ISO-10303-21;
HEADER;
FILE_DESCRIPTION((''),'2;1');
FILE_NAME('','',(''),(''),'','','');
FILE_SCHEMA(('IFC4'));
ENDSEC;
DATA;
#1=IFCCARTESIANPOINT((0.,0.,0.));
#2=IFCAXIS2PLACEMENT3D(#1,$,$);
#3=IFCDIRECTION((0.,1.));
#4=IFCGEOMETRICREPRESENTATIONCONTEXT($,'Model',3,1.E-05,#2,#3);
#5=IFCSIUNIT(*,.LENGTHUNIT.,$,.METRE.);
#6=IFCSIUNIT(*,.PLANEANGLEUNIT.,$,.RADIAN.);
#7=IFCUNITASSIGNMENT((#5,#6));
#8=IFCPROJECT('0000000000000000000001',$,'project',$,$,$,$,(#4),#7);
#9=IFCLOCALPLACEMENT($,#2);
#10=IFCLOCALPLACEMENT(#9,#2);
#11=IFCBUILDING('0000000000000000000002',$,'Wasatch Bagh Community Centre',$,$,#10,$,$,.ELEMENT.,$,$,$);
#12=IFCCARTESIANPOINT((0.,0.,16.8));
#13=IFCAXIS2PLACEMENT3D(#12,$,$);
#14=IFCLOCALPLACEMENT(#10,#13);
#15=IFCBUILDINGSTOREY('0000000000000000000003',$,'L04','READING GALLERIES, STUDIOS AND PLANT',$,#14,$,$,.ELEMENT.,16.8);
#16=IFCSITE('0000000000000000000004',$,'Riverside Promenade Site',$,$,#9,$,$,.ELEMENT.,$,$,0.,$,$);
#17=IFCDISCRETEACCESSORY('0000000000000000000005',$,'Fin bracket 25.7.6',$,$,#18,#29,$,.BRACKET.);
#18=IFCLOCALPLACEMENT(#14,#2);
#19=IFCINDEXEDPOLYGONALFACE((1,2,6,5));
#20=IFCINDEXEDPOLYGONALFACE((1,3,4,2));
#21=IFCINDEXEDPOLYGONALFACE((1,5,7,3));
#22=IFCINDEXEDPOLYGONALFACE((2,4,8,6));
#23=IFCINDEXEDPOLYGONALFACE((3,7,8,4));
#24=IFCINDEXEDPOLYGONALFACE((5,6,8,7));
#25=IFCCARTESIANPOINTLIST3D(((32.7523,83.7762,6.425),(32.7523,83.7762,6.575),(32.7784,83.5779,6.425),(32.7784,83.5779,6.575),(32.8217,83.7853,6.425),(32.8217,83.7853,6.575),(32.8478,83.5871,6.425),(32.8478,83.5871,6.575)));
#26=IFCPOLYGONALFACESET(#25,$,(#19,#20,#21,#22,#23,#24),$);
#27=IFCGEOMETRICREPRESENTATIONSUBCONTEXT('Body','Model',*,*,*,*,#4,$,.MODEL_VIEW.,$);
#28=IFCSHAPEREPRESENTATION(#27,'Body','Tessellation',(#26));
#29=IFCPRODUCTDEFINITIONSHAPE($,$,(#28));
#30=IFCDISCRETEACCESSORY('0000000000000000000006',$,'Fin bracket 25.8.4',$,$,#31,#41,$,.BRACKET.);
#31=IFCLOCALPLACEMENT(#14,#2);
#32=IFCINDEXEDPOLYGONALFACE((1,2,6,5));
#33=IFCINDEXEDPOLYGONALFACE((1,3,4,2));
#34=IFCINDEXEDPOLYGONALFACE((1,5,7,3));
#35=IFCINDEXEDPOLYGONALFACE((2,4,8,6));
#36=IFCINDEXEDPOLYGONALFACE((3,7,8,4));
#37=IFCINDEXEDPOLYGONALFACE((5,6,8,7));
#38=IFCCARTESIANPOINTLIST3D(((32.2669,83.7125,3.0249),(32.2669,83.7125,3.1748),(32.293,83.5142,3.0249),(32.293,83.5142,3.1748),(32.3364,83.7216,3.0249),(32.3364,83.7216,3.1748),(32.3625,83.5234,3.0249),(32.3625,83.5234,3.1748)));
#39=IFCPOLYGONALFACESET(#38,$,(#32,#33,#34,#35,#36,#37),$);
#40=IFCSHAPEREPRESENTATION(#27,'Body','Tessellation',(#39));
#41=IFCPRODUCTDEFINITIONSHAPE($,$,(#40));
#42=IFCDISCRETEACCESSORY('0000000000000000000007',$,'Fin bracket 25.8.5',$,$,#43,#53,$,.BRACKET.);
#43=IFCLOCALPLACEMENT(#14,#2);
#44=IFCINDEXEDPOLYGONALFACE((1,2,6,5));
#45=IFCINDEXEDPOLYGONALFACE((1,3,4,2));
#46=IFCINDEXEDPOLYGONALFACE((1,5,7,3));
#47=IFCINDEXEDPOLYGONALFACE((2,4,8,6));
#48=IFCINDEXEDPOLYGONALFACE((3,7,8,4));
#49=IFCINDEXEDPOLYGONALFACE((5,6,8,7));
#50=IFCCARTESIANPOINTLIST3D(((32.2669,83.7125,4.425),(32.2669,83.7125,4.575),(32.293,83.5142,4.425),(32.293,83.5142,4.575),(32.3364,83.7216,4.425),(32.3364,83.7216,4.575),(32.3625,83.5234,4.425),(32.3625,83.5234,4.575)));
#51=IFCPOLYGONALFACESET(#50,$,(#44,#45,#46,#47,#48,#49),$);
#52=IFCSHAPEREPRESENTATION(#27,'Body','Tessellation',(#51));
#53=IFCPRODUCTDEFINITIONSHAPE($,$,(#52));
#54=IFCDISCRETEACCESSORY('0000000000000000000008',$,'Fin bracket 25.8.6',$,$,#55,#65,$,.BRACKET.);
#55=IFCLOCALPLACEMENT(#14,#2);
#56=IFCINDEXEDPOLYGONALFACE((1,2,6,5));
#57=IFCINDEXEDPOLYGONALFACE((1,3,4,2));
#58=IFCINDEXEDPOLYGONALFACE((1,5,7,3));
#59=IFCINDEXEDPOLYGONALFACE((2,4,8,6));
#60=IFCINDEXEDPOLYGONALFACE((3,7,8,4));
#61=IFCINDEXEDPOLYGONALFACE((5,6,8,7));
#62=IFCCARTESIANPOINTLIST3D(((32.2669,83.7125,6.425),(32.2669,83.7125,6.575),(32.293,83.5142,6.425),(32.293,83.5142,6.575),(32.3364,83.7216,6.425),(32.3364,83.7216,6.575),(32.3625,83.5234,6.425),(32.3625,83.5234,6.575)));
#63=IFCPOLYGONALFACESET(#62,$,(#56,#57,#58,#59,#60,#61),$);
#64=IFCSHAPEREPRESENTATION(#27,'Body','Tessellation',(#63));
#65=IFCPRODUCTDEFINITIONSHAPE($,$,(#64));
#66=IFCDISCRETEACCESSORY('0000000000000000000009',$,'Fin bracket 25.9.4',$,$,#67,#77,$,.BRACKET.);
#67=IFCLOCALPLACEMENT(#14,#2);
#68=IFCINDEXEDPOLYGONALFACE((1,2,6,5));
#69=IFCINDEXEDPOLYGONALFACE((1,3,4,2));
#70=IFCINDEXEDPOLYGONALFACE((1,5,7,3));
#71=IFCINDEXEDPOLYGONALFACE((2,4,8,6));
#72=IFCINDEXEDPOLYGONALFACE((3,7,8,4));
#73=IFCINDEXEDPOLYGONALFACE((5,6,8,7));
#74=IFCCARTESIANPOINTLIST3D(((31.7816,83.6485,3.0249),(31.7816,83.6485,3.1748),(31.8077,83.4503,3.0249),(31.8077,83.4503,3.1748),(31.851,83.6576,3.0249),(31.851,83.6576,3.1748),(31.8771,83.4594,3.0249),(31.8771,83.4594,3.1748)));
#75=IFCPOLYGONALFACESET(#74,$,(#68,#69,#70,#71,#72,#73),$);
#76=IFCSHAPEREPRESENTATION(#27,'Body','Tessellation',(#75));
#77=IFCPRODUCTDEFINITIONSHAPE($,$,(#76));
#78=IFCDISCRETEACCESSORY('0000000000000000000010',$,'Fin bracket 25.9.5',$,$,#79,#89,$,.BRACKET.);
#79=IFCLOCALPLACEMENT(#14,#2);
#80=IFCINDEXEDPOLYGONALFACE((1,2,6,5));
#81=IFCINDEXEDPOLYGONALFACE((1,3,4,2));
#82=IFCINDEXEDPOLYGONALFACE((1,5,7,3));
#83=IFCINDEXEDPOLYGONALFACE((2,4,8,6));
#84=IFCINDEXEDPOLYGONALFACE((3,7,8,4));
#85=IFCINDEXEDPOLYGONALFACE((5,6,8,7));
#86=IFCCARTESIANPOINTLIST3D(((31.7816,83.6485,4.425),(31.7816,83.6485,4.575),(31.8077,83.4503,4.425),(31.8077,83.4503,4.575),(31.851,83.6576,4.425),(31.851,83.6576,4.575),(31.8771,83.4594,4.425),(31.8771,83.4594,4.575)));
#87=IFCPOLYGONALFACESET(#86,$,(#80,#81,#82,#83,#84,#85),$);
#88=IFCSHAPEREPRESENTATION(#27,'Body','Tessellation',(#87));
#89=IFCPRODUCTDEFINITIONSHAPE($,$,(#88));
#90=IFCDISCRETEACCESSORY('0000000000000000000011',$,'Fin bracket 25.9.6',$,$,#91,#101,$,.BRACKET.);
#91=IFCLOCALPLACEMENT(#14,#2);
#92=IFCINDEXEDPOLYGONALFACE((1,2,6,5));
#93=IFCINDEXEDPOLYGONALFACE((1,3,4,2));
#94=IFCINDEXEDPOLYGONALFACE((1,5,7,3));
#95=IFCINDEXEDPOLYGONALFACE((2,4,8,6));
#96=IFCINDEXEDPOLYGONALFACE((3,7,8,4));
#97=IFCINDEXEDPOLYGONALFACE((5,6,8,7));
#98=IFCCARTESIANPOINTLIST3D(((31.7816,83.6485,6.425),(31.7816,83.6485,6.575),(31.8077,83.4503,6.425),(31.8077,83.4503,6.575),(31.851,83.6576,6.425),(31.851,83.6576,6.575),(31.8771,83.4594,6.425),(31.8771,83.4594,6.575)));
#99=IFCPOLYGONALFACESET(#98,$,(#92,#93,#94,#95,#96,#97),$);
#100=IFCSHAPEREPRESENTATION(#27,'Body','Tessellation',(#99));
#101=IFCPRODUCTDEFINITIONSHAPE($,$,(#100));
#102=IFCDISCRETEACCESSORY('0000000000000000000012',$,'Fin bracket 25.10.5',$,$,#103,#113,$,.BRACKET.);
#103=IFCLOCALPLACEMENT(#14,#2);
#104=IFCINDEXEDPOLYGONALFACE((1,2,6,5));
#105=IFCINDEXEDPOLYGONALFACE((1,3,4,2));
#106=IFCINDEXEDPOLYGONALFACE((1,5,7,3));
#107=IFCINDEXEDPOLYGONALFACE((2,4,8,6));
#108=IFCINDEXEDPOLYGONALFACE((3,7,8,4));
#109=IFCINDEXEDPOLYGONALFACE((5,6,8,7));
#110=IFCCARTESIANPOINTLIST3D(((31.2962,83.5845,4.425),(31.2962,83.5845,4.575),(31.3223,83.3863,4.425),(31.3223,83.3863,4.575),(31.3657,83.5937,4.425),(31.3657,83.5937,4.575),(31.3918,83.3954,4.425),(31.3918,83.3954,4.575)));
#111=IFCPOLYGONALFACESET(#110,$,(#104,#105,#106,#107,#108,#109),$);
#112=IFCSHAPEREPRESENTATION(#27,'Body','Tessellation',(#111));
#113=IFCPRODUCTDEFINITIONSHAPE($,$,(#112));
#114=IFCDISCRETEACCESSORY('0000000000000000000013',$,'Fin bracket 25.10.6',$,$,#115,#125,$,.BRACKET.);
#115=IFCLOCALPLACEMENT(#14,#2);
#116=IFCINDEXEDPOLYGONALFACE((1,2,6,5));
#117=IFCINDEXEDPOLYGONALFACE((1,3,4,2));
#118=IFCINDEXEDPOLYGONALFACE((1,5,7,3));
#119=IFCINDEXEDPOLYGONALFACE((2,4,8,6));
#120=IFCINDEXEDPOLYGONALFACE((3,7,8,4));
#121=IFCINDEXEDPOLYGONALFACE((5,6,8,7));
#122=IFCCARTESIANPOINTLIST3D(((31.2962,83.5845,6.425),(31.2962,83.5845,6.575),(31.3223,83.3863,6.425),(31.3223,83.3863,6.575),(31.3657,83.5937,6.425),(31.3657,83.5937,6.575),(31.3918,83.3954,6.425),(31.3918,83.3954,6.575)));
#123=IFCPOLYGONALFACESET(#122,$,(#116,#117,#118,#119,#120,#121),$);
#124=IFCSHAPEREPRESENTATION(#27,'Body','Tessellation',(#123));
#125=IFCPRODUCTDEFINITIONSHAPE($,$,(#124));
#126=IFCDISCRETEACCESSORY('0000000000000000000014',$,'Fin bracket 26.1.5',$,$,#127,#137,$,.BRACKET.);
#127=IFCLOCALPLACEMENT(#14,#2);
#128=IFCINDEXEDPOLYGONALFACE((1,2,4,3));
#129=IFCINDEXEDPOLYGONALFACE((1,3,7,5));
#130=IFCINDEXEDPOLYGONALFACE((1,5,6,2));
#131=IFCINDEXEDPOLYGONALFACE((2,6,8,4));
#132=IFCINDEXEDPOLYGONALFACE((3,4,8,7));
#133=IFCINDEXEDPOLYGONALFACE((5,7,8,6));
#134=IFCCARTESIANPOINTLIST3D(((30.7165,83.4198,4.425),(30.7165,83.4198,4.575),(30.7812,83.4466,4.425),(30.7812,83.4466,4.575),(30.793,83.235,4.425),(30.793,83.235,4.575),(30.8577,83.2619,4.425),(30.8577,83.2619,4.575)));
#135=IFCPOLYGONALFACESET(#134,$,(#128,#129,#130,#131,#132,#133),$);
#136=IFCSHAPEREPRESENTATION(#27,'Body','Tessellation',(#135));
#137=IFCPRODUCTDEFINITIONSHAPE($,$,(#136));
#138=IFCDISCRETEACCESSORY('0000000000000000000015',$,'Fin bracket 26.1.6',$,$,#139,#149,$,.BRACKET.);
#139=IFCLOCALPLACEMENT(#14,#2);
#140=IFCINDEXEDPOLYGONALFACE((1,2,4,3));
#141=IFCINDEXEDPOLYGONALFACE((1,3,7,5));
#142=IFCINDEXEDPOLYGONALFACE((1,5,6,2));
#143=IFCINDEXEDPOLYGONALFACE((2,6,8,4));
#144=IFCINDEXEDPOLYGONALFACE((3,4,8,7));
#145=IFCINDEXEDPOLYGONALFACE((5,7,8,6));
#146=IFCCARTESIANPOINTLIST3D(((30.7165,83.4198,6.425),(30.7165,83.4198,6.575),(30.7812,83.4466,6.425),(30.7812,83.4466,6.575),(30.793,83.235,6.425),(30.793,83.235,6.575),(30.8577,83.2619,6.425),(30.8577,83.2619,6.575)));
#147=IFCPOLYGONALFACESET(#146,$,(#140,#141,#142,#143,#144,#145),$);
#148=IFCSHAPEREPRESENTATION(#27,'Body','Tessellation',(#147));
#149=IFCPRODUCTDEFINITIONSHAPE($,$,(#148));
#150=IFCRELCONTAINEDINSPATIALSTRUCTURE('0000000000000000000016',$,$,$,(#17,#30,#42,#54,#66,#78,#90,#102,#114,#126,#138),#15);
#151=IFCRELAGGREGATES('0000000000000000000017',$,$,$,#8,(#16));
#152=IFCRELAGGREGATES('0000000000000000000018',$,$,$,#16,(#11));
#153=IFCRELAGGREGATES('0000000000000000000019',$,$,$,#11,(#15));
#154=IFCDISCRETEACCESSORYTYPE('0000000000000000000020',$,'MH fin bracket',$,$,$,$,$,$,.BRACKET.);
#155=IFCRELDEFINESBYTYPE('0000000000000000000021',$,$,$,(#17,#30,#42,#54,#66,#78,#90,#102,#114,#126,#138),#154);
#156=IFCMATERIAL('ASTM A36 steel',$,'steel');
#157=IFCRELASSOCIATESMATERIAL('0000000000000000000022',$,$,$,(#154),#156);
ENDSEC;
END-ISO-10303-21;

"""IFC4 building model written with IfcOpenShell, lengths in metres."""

from ifc_helpers import new_model, si_unit, direction, frame, origin, origin_2d, place, context, subcontext, project, spatial, rectangle, extrude, material, type_object, element, save


model = new_model("IFC4")

# Units and contexts
model_context = context("Model", 3, precision=1e-05, world=origin(), true_north=direction((0.0, 1.0)))
body_context = subcontext(model_context, "Body", "Model", "MODEL_VIEW")
ifc_project = project(units=[si_unit("LENGTHUNIT", "METRE"), si_unit("PLANEANGLEUNIT", "RADIAN")], contexts=[model_context])

# Site, building, storey
site_placement = place(None, origin())
site = spatial("IfcSite", under=ifc_project, at=site_placement, Name="Riverside Promenade Site", CompositionType="ELEMENT", RefElevation=0.0)
building_placement = place(site_placement, origin())
building = spatial("IfcBuilding", under=site, at=building_placement, Name="Wasatch Bagh Community Centre", CompositionType="ELEMENT")
storey_placement = place(building_placement, frame((0.0, 0.0, 16.8)))
storey = spatial("IfcBuildingStorey", under=building, at=storey_placement, Name="L04", Description="READING GALLERIES, STUDIOS AND PLANT", CompositionType="ELEMENT", Elevation=16.8)

# Discrete accessories
ifc_material_1 = material(Name="ASTM A36 steel", Category="steel")
discrete_accessory_type = type_object("IfcDiscreteAccessoryType", Name="MH fin bracket", PredefinedType="BRACKET", material=ifc_material_1)
for number, where, z_axis, x_axis, name in (
    (1, (32.8, 83.6816, 6.425), (0.0, 0.0, 1.0), (-0.991445, -0.130526, 0.0), "Fin bracket 25.7.6"),
    (2, (32.3147, 83.6179, 3.0249), (0.0, 0.0, 1.0), (-0.991445, -0.130526, 0.0), "Fin bracket 25.8.4"),
    (3, (32.3147, 83.6179, 4.425), (0.0, 0.0, 1.0), (-0.991445, -0.130526, 0.0), "Fin bracket 25.8.5"),
    (4, (32.3147, 83.6179, 6.425), (0.0, 0.0, 1.0), (-0.991445, -0.130526, 0.0), "Fin bracket 25.8.6"),
    (5, (31.8293, 83.554, 3.0249), (0.0, 0.0, 1.0), (-0.991445, -0.130526, 0.0), "Fin bracket 25.9.4"),
    (6, (31.8293, 83.554, 4.425), (0.0, 0.0, 1.0), (-0.991445, -0.130526, 0.0), "Fin bracket 25.9.5"),
    (7, (31.8293, 83.554, 6.425), (0.0, 0.0, 1.0), (-0.991445, -0.130526, 0.0), "Fin bracket 25.9.6"),
    (8, (31.344, 83.49, 4.425), (0.0, 0.0, 1.0), (-0.991445, -0.130526, 0.0), "Fin bracket 25.10.5"),
    (9, (31.344, 83.49, 6.425), (0.0, 0.0, 1.0), (-0.991445, -0.130526, 0.0), "Fin bracket 25.10.6"),
    (10, (30.7871, 83.3408, 4.425), (0.0, 0.0, 1.0), (-0.92388, -0.382683, 0.0), "Fin bracket 26.1.5"),
    (11, (30.7871, 83.3408, 6.425), (0.0, 0.0, 1.0), (-0.92388, -0.382683, 0.0), "Fin bracket 26.1.6"),
):
    element("IfcDiscreteAccessory", number, at=place(storey_placement, frame(where, z_axis=z_axis, x_axis=x_axis)), inside=storey, type_object=discrete_accessory_type, Name=name, PredefinedType="BRACKET", context=body_context, shape_type="SweptSolid", body=[
        extrude(rectangle(XDim=0.0701, YDim=0.2, at=origin_2d()), origin(), (0.0, 0.0, 1.0), 0.1499),
    ])

save(model, "model.ifc")
